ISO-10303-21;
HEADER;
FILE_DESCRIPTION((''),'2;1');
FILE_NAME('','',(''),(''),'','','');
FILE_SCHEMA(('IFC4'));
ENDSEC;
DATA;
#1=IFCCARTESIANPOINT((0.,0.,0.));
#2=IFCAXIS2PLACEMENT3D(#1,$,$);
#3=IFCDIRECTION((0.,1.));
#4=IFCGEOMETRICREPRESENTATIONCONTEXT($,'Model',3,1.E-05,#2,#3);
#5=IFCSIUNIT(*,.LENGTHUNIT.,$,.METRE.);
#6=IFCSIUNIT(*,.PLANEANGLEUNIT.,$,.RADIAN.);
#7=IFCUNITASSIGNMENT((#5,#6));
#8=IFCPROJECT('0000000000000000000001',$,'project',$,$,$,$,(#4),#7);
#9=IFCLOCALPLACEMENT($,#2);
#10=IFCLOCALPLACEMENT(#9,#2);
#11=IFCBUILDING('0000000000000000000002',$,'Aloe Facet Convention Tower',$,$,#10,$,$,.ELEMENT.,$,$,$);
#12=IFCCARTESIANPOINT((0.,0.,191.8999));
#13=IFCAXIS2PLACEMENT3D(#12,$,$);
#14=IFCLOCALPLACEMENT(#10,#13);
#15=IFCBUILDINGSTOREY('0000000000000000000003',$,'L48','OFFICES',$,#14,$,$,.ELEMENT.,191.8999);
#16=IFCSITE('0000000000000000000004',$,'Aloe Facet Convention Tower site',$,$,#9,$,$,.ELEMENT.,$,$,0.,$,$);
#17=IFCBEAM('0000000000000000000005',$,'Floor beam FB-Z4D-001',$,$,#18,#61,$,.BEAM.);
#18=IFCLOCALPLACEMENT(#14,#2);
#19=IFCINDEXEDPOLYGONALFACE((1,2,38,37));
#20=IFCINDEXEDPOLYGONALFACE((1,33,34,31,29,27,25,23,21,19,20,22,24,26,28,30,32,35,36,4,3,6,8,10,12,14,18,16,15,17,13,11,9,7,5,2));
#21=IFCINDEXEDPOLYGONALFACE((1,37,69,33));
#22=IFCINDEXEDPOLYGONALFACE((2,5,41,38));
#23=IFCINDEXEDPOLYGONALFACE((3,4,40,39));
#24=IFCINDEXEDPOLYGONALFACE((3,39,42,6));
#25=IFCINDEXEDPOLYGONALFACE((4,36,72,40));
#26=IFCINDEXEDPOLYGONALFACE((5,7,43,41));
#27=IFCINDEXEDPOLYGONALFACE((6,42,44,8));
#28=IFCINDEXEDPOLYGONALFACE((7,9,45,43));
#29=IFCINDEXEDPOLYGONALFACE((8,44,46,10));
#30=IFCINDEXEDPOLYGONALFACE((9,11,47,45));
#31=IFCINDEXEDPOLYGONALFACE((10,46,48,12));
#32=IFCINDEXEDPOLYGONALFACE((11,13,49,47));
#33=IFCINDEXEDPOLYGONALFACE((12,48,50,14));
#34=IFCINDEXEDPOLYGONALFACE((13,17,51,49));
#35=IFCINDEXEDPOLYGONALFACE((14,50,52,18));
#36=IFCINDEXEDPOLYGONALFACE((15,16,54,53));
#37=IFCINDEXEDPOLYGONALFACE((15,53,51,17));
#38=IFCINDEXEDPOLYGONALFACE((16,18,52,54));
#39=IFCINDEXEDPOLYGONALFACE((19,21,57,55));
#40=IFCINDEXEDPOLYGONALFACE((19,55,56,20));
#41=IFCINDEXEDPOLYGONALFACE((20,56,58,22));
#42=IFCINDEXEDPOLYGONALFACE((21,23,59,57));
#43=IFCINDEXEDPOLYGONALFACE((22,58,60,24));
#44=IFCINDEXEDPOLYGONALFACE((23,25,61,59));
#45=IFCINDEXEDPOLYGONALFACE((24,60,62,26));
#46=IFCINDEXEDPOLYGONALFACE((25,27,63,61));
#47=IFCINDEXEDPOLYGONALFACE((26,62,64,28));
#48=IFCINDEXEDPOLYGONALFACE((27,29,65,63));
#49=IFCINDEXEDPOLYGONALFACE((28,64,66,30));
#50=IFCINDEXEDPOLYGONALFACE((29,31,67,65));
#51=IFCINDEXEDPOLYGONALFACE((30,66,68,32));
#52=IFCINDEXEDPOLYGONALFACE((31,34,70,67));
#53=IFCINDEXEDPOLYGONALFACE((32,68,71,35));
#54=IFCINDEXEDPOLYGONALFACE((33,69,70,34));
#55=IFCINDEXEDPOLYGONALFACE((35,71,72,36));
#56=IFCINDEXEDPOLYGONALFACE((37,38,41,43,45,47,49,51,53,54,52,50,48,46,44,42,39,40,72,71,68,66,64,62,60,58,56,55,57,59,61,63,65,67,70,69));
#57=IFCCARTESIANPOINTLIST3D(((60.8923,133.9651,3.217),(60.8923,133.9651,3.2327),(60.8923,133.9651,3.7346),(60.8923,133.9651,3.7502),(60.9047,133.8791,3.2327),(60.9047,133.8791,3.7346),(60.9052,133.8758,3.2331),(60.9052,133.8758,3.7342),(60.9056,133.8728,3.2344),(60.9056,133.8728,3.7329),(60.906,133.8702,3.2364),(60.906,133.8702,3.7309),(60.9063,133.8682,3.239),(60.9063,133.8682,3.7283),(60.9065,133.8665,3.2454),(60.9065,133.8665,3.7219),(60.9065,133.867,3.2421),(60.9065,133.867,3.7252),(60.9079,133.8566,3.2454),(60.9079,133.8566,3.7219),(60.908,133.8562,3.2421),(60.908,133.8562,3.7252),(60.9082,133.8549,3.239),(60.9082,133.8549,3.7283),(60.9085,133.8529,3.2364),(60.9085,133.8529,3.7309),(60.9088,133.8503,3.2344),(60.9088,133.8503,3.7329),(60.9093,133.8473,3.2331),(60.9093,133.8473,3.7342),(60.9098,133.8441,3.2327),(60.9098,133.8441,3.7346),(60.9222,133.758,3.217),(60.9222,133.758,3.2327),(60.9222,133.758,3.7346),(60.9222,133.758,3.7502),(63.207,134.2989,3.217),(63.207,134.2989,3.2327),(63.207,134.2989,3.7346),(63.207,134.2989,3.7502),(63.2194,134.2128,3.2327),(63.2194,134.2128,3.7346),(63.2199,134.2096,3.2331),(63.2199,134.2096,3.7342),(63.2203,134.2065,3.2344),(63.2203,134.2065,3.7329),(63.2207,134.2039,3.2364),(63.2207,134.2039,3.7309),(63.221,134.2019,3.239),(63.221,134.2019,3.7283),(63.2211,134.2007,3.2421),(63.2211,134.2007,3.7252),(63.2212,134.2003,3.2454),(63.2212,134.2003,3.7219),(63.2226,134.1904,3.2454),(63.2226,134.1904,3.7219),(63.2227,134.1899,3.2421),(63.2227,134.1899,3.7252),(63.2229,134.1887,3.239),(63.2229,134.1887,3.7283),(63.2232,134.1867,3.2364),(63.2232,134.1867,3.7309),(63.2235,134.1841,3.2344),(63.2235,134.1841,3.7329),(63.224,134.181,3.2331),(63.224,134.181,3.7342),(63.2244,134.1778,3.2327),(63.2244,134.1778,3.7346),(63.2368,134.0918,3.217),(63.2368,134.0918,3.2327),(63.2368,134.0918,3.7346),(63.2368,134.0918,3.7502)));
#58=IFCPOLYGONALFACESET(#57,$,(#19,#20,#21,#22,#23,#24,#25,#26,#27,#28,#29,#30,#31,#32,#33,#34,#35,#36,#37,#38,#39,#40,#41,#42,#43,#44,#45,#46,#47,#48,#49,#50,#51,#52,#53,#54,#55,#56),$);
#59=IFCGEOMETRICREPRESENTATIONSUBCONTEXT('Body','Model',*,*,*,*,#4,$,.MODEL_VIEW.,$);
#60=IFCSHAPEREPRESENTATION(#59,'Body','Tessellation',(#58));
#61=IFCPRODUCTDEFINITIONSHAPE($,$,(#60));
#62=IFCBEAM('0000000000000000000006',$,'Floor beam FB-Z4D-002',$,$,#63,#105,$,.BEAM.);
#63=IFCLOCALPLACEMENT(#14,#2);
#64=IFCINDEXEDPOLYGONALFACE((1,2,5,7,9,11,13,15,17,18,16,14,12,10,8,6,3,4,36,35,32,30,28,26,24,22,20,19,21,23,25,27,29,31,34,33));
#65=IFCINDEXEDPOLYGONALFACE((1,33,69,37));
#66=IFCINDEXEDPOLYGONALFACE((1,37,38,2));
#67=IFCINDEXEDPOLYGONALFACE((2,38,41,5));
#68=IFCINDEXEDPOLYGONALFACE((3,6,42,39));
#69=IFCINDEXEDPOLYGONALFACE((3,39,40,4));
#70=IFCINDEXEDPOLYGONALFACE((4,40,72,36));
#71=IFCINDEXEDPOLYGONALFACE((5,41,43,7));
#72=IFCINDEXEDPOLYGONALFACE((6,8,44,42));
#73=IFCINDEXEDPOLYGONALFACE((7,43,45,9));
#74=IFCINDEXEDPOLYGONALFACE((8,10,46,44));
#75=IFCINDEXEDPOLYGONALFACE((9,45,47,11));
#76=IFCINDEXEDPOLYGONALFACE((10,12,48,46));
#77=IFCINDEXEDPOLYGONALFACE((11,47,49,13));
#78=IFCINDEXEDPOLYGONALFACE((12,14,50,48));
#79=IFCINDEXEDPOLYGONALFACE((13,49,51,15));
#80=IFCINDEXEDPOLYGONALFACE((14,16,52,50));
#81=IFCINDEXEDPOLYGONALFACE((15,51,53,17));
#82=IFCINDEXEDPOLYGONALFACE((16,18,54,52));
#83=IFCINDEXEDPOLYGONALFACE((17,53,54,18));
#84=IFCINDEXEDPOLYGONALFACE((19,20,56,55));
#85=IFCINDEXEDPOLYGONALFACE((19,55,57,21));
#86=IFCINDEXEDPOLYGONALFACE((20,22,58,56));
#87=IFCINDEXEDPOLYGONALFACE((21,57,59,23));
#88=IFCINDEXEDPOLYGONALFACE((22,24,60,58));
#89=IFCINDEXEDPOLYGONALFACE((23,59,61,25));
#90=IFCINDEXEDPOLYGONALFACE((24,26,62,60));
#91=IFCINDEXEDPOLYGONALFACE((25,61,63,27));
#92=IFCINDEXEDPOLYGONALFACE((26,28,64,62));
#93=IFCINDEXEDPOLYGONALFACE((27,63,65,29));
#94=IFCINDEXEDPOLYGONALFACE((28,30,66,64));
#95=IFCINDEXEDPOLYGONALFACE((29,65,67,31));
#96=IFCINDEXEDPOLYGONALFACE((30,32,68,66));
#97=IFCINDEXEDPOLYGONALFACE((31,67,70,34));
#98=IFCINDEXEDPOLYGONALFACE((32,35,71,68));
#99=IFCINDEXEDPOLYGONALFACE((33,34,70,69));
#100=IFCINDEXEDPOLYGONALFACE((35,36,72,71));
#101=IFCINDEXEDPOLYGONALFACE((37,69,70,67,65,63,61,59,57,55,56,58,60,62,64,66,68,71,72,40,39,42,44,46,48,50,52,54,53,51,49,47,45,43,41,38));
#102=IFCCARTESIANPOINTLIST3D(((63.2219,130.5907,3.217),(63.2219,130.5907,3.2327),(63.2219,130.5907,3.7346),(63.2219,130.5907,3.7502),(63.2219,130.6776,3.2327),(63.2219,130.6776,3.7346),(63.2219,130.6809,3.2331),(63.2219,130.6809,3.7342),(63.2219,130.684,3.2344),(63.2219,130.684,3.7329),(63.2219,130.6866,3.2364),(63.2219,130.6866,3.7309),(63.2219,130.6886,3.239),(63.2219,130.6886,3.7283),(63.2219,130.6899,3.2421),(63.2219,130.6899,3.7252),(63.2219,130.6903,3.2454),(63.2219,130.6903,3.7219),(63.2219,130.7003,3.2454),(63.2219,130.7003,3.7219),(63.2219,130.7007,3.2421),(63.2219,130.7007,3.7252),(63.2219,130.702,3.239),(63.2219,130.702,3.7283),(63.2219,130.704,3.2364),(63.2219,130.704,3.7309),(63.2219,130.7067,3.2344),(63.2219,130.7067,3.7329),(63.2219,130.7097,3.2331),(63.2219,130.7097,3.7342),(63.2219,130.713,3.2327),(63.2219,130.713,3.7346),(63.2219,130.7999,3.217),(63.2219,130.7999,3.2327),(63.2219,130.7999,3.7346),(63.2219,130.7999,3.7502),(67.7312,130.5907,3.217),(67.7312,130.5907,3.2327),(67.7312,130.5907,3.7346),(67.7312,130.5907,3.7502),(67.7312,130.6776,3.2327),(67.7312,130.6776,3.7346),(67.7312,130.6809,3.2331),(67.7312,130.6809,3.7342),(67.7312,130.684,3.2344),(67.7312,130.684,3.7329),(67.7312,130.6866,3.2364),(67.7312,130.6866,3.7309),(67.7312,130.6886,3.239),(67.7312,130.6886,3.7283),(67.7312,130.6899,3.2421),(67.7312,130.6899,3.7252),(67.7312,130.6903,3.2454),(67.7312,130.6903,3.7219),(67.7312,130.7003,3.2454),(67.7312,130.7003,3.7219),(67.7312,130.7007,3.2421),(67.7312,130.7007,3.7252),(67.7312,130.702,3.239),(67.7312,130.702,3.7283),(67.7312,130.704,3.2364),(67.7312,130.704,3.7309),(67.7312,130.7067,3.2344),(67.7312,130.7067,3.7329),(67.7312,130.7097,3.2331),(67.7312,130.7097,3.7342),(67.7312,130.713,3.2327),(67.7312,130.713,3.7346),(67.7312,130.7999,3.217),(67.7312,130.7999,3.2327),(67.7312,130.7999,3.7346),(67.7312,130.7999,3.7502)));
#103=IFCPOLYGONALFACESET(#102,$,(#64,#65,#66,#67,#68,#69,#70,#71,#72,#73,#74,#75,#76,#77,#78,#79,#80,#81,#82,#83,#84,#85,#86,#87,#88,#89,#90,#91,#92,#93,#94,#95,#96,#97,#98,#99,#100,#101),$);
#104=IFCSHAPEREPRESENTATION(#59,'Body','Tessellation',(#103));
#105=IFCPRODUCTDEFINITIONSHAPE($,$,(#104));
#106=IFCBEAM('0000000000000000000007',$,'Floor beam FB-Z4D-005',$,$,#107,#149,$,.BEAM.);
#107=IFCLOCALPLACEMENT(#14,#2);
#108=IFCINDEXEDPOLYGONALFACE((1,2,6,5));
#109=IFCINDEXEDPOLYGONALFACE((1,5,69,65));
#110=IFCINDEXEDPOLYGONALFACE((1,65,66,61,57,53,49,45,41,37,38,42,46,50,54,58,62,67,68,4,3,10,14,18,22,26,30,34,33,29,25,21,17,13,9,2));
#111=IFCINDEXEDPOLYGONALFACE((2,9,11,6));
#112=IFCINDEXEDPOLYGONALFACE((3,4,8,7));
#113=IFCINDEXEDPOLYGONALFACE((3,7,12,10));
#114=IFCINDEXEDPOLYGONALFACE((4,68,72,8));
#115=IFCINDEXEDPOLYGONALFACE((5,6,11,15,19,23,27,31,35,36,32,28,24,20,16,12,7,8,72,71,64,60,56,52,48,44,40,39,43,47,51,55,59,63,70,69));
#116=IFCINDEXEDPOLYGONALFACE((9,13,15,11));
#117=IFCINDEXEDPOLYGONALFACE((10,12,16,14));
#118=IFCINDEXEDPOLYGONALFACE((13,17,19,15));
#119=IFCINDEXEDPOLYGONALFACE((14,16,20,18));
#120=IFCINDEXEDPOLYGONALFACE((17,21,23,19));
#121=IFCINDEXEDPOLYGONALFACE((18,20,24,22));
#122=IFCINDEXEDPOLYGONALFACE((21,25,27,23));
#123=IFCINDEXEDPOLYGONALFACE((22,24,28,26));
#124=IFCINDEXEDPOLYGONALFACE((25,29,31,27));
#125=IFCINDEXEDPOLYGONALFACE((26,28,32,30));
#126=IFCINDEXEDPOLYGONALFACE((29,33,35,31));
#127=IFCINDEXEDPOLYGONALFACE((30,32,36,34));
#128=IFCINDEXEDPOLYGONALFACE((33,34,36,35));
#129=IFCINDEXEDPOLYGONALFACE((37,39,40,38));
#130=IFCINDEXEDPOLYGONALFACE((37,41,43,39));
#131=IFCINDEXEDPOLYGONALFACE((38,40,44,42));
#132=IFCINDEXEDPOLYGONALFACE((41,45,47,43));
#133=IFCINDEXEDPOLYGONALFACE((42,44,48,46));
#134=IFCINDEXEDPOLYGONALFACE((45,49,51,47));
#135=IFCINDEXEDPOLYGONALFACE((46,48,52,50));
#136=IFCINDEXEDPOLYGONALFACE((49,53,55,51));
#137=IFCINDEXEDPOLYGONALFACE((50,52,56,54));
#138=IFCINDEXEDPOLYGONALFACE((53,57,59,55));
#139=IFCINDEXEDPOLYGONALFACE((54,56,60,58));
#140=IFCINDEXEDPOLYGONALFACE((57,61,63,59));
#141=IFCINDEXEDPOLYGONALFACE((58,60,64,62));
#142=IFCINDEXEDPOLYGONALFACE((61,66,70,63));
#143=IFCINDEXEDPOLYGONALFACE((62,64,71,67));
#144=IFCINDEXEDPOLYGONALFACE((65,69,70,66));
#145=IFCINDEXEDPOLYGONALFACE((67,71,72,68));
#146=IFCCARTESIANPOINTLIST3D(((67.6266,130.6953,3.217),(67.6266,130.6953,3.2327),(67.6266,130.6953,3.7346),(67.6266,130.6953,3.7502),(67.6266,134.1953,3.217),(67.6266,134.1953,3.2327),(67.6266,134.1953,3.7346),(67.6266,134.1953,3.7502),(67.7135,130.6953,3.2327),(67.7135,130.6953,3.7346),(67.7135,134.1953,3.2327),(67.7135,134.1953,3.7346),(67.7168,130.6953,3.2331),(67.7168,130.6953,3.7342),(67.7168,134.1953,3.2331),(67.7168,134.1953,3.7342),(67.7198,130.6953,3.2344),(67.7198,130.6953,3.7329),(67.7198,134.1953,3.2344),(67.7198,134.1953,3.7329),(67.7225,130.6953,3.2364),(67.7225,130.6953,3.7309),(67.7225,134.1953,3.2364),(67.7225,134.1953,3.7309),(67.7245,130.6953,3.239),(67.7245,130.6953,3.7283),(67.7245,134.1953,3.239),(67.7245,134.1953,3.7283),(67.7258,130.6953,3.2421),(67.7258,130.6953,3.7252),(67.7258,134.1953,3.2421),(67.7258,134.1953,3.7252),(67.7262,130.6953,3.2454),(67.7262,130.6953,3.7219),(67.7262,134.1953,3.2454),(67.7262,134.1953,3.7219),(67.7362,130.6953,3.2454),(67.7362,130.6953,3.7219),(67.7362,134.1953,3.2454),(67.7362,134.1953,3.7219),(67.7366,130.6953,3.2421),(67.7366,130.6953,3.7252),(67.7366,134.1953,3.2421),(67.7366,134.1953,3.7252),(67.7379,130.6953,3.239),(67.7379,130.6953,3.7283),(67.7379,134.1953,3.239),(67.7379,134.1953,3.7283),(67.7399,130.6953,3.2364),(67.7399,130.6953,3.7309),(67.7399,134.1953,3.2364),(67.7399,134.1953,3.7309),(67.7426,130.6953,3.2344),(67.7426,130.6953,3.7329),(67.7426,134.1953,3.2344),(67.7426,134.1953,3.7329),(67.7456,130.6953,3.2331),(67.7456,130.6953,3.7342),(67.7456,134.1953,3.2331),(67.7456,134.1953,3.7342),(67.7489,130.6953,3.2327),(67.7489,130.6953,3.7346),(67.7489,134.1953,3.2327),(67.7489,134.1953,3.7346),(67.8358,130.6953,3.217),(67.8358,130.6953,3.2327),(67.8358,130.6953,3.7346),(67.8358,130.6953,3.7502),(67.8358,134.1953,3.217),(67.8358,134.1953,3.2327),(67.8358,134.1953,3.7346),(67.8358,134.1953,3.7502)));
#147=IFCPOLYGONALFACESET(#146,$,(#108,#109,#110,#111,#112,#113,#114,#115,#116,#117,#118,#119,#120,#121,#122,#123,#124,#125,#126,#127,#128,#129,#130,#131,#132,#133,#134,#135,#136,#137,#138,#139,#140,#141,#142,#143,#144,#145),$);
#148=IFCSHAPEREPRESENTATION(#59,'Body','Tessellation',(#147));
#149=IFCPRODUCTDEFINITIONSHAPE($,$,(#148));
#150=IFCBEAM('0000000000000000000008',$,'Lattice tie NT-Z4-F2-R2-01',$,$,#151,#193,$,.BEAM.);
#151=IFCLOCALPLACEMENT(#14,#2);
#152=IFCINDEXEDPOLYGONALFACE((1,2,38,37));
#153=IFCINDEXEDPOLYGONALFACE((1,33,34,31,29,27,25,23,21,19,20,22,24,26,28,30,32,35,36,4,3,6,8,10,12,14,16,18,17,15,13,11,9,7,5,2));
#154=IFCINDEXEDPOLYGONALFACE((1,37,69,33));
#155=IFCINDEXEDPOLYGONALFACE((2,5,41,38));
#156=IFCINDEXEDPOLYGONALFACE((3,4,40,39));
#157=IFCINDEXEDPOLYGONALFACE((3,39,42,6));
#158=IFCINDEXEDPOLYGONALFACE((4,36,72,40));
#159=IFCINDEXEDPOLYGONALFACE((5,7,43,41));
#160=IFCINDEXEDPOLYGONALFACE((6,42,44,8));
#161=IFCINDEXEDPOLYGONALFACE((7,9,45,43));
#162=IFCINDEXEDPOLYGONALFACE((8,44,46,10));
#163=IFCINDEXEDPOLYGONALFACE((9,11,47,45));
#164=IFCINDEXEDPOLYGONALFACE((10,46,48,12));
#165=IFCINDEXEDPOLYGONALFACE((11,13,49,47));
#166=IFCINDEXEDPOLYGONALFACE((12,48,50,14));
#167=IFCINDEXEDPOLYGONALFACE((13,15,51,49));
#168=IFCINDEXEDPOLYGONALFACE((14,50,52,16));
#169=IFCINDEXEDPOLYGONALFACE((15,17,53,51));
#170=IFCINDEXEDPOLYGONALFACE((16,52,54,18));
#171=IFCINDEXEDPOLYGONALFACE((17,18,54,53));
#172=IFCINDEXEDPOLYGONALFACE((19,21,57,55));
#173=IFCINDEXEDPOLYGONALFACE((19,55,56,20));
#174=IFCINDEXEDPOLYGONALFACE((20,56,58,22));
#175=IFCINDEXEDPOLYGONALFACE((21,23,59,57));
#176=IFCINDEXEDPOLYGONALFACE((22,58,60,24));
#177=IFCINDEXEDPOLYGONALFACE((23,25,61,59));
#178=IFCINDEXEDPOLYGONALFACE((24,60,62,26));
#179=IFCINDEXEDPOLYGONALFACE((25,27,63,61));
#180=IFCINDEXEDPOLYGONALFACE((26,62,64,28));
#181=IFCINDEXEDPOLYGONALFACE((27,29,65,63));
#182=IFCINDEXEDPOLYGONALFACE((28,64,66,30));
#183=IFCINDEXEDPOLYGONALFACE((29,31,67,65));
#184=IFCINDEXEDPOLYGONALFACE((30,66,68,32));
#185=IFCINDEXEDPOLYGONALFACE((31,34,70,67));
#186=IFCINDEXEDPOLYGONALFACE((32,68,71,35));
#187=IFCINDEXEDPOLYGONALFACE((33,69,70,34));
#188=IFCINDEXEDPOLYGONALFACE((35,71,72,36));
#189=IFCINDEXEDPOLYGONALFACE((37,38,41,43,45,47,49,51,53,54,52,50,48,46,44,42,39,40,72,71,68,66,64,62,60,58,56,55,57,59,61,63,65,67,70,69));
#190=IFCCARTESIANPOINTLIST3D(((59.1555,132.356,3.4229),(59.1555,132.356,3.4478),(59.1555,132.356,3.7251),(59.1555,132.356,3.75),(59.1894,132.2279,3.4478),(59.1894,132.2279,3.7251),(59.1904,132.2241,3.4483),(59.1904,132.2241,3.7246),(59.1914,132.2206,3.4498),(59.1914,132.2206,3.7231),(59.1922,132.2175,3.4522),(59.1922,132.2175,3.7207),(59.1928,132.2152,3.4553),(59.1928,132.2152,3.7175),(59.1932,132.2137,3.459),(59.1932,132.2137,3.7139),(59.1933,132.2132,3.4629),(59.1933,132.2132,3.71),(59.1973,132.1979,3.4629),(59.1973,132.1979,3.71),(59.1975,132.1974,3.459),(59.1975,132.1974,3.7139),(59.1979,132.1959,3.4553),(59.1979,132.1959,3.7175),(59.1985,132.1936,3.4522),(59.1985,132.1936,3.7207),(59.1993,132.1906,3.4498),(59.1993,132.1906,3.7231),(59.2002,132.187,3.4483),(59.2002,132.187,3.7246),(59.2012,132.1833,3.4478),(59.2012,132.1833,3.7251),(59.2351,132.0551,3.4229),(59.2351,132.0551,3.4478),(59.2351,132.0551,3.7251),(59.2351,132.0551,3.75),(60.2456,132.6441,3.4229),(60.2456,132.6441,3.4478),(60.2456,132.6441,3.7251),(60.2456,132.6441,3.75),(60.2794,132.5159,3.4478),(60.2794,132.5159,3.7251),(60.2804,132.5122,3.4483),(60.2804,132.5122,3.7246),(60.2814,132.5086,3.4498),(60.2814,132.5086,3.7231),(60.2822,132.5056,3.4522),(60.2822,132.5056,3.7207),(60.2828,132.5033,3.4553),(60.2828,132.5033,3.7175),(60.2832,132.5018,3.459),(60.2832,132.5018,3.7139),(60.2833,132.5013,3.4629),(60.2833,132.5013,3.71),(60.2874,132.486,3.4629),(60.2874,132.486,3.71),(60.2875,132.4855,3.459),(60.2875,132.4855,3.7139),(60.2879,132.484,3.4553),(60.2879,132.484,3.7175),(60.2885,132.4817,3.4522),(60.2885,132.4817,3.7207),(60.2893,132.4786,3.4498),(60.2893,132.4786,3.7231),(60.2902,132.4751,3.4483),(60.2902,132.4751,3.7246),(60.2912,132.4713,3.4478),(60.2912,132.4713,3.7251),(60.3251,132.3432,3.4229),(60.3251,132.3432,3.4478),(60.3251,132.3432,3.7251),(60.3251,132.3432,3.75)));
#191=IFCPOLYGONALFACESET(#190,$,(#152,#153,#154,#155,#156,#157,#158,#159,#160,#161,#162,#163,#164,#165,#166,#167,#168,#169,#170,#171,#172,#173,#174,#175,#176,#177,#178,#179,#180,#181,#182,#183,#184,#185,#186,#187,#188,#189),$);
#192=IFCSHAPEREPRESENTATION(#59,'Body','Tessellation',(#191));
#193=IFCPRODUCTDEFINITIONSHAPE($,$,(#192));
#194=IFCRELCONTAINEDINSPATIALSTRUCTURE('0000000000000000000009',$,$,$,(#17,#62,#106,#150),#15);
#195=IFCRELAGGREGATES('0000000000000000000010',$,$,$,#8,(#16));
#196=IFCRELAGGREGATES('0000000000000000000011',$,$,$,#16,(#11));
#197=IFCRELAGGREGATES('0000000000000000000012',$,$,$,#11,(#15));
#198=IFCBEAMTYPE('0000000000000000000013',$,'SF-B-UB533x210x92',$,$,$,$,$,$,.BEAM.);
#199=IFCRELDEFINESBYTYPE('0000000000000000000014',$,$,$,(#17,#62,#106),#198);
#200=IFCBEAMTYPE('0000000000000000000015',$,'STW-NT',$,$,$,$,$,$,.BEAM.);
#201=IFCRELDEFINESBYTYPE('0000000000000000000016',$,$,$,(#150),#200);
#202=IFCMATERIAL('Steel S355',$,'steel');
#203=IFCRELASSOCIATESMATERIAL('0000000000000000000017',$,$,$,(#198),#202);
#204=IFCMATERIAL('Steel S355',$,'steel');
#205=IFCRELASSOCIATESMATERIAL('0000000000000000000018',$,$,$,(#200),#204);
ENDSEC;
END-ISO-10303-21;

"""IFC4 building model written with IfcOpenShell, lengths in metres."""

from ifc_helpers import new_model, si_unit, direction, frame, origin, origin_2d, place, context, subcontext, project, spatial, i_section, extrude, material, material_profile, profile_set, type_object, element, save


model = new_model("IFC4")

# Units and contexts
model_context = context("Model", 3, precision=1e-05, world=origin(), true_north=direction((0.0, 1.0)))
body_context = subcontext(model_context, "Body", "Model", "MODEL_VIEW")
ifc_project = project(units=[si_unit("LENGTHUNIT", "METRE"), si_unit("PLANEANGLEUNIT", "RADIAN")], contexts=[model_context])

# Site, building, storey
site_placement = place(None, origin())
site = spatial("IfcSite", under=ifc_project, at=site_placement, Name="Aloe Facet Convention Tower site", CompositionType="ELEMENT", RefElevation=0.0)
building_placement = place(site_placement, origin())
building = spatial("IfcBuilding", under=site, at=building_placement, Name="Aloe Facet Convention Tower", CompositionType="ELEMENT")
storey_placement = place(building_placement, frame((0.0, 0.0, 191.8999)))
storey = spatial("IfcBuildingStorey", under=building, at=storey_placement, Name="L48", Description="OFFICES", CompositionType="ELEMENT", Elevation=191.8999)

# Beams
ifc_material_1 = material(Name="Steel S355", Category="steel")
ifc_material_profile_1 = material_profile(ifc_material_1, i_section(OverallWidth=0.2092, OverallDepth=0.5332, WebThickness=0.01, FlangeThickness=0.0156, FilletRadius=0.0127, at=origin_2d()), Name="UB 533x210x92")
ifc_profile_set_1 = profile_set([ifc_material_profile_1], Name="Steel S355")
beam_type_1 = type_object("IfcBeamType", Name="SF-B-UB533x210x92", PredefinedType="BEAM", material=ifc_profile_set_1)
beam_1_placement = place(storey_placement, frame((60.9072, 133.8616, 3.4836), z_axis=(0.989765, 0.142707, 0.0), x_axis=(-0.142707, 0.989765, 0.0)))
element("IfcBeam", 1, at=beam_1_placement, inside=storey, type_object=beam_type_1, Name="Floor beam FB-Z4D-001", PredefinedType="BEAM", context=body_context, shape_type="SweptSolid", body=[
    extrude(i_section(OverallWidth=0.2092, OverallDepth=0.5332, WebThickness=0.01, FlangeThickness=0.0156, FilletRadius=0.0127, at=origin_2d()), origin(), (0.0, 0.0, 1.0), 2.3386),
])
beam_2_placement = place(storey_placement, frame((63.2219, 130.6953, 3.4836), z_axis=(1.0, 0.0, 0.0), x_axis=(0.0, 1.0, 0.0)))
element("IfcBeam", 2, at=beam_2_placement, inside=storey, type_object=beam_type_1, Name="Floor beam FB-Z4D-002", PredefinedType="BEAM", context=body_context, shape_type="SweptSolid", body=[
    extrude(i_section(OverallWidth=0.2092, OverallDepth=0.5332, WebThickness=0.01, FlangeThickness=0.0156, FilletRadius=0.0127, at=origin_2d()), origin(), (0.0, 0.0, 1.0), 4.5093),
])
beam_3_placement = place(storey_placement, frame((67.7312, 130.6953, 3.4836), z_axis=(0.0, 1.0, 0.0), x_axis=(-1.0, 0.0, 0.0)))
element("IfcBeam", 3, at=beam_3_placement, inside=storey, type_object=beam_type_1, Name="Floor beam FB-Z4D-005", PredefinedType="BEAM", context=body_context, shape_type="SweptSolid", body=[
    extrude(i_section(OverallWidth=0.2092, OverallDepth=0.5332, WebThickness=0.01, FlangeThickness=0.0156, FilletRadius=0.0127, at=origin_2d()), origin(), (0.0, 0.0, 1.0), 3.5),
])
ifc_material_2 = material(Name="Steel S355", Category="steel")
ifc_material_profile_2 = material_profile(ifc_material_2, i_section(OverallWidth=0.3113, OverallDepth=0.3271, WebThickness=0.0159, FlangeThickness=0.0249, FilletRadius=0.0151, at=origin_2d()), Name="UC 305x305x158")
ifc_profile_set_2 = profile_set([ifc_material_profile_2], Name="Steel S355")
beam_type_2 = type_object("IfcBeamType", Name="STW-NT", PredefinedType="BEAM", material=ifc_profile_set_2)
beam_4_placement = place(storey_placement, frame((59.1953, 132.2056, 3.5864), z_axis=(0.966808, 0.255506, 0.0), x_axis=(-0.255506, 0.966808, 0.0)))
element("IfcBeam", 4, at=beam_4_placement, inside=storey, type_object=beam_type_2, Name="Lattice tie NT-Z4-F2-R2-01", PredefinedType="BEAM", context=body_context, shape_type="SweptSolid", body=[
    extrude(i_section(OverallWidth=0.3113, OverallDepth=0.3271, WebThickness=0.0159, FlangeThickness=0.0249, FilletRadius=0.0151, at=origin_2d()), origin(), (0.0, 0.0, 1.0), 1.1274),
])

save(model, "model.ifc")
